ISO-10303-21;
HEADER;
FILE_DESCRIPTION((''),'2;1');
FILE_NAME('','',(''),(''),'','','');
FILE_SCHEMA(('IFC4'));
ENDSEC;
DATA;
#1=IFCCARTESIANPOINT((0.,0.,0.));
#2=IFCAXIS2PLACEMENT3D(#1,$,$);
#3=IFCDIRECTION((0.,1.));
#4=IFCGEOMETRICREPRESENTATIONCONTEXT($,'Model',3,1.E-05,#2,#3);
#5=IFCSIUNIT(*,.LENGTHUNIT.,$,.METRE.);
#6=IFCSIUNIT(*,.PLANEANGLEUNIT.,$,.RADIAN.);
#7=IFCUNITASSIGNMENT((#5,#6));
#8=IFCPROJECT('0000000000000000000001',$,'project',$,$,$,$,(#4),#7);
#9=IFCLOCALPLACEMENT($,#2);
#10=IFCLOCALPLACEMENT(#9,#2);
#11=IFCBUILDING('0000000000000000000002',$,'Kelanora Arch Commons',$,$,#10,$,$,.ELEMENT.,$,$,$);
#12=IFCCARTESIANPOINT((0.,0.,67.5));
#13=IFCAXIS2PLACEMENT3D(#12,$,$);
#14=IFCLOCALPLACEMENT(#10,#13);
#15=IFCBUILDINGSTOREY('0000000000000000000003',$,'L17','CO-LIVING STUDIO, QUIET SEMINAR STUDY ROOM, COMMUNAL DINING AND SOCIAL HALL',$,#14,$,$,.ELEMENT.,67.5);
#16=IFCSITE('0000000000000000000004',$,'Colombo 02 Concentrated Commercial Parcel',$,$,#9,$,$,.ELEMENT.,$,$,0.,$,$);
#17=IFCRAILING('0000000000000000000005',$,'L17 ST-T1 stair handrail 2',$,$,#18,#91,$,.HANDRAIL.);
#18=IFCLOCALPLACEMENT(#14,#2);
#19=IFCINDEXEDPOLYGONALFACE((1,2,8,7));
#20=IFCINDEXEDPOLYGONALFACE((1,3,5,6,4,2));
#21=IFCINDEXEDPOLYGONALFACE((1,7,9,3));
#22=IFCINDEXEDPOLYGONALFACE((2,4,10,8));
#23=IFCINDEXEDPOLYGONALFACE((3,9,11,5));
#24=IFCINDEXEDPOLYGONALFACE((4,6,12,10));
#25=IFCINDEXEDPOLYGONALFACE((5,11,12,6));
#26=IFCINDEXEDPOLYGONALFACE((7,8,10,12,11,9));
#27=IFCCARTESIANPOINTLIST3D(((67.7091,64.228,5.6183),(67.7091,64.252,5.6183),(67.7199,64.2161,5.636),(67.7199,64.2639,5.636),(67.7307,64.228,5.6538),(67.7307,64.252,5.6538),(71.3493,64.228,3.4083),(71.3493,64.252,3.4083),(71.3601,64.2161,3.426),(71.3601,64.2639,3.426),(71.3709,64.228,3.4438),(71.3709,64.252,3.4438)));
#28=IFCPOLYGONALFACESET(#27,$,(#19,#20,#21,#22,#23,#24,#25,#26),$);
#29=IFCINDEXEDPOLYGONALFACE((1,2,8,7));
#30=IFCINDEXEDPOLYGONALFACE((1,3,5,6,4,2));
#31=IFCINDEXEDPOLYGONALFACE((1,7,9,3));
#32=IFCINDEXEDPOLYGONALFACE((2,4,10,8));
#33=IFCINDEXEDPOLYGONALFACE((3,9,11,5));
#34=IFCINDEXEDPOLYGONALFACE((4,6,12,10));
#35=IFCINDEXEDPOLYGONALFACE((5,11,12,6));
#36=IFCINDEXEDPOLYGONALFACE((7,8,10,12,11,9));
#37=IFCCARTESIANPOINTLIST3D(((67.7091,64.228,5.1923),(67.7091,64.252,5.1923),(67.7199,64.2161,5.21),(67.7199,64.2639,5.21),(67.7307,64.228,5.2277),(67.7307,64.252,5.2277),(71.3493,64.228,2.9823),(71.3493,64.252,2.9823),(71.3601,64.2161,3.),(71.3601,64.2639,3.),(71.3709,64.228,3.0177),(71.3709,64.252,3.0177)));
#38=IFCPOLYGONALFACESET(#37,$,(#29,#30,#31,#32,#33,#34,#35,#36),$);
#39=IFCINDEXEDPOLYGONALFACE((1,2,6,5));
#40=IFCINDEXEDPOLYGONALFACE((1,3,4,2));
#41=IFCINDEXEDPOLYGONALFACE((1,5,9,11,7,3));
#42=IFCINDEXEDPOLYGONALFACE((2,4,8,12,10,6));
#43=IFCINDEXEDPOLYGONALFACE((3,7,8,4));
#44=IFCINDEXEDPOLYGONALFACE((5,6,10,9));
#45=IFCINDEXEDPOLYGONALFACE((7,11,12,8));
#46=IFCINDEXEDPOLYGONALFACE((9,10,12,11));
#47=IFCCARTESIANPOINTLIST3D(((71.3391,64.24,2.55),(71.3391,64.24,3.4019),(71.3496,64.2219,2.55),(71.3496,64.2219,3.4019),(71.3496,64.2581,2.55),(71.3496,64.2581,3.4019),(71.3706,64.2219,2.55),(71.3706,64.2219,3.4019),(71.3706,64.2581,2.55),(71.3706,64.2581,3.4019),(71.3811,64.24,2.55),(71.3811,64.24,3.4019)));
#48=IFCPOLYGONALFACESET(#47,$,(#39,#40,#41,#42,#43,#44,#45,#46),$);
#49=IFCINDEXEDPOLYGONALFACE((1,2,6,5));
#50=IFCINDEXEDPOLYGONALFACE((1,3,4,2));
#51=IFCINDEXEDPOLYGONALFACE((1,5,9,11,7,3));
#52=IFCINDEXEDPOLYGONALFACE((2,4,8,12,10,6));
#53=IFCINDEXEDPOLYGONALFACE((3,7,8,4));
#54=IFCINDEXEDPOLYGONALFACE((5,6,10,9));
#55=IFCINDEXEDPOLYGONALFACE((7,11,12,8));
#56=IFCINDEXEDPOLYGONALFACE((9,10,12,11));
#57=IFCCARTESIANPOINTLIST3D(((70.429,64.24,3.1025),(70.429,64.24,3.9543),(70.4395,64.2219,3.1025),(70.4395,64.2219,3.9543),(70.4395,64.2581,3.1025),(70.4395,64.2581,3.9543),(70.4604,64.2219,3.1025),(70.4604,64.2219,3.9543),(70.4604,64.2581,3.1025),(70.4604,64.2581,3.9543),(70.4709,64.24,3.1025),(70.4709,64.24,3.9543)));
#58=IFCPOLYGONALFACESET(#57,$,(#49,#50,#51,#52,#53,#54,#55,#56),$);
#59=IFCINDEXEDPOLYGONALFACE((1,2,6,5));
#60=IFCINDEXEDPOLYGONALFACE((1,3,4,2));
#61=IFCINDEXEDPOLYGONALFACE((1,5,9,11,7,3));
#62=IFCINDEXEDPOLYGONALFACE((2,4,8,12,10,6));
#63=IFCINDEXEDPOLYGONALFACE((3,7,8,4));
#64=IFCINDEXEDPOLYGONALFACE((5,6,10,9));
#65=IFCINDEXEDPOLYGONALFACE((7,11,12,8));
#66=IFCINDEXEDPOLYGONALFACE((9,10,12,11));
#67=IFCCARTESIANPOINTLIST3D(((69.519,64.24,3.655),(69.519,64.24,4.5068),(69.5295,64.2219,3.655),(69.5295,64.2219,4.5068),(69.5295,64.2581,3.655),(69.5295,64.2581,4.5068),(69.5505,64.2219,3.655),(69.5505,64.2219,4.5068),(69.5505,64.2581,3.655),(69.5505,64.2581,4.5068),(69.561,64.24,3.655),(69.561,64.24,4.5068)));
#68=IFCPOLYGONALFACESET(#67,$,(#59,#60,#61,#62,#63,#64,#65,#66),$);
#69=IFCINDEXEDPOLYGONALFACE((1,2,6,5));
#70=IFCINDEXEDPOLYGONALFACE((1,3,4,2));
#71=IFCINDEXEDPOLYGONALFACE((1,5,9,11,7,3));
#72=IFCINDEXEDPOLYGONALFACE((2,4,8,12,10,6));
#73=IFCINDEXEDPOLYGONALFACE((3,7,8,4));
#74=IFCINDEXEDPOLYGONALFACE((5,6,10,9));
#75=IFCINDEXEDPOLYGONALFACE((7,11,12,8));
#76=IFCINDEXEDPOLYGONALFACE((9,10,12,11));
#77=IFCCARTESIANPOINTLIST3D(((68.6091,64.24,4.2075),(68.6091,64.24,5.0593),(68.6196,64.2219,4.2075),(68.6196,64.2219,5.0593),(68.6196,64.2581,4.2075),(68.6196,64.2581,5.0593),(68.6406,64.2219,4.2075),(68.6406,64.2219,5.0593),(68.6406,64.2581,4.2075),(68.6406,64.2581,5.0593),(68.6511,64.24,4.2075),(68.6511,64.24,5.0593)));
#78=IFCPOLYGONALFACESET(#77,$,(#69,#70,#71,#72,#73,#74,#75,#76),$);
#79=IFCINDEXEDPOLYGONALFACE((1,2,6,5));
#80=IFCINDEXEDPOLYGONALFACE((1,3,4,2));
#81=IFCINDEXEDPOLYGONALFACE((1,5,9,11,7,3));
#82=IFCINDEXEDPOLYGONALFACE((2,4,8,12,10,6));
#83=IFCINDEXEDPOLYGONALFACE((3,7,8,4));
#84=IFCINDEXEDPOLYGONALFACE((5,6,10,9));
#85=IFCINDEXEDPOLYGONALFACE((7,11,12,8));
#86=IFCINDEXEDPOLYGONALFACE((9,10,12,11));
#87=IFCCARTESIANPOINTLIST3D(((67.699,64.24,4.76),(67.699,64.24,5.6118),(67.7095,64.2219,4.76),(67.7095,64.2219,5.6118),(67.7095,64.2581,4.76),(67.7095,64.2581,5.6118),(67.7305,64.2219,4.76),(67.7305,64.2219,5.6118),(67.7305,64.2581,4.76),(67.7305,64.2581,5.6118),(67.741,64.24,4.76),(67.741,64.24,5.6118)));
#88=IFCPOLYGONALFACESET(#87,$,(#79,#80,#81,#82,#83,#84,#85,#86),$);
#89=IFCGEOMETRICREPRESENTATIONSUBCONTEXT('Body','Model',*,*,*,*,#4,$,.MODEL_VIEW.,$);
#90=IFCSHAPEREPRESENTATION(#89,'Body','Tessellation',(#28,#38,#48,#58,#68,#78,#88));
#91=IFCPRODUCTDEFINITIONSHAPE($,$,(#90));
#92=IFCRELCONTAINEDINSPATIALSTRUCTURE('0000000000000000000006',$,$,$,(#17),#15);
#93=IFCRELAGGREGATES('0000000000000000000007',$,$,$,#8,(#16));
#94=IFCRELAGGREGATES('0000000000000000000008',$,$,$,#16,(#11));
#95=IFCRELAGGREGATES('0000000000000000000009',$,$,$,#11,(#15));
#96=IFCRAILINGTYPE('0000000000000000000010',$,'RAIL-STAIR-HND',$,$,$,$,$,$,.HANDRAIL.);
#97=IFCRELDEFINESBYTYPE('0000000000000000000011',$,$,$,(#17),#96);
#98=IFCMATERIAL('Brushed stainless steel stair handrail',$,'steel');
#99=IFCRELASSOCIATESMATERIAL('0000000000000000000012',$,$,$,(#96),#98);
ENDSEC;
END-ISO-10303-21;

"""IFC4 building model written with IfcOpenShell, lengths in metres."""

from ifc_helpers import new_model, si_unit, direction, frame, origin, place, context, subcontext, project, spatial, polyline, outline, extrude, material, type_object, element, save


model = new_model("IFC4")

# Units and contexts
model_context = context("Model", 3, precision=1e-05, world=origin(), true_north=direction((0.0, 1.0)))
body_context = subcontext(model_context, "Body", "Model", "MODEL_VIEW")
ifc_project = project(units=[si_unit("LENGTHUNIT", "METRE"), si_unit("PLANEANGLEUNIT", "RADIAN")], contexts=[model_context])

# Site, building, storey
site_placement = place(None, origin())
site = spatial("IfcSite", under=ifc_project, at=site_placement, Name="Colombo 02 Concentrated Commercial Parcel", CompositionType="ELEMENT", RefElevation=0.0)
building_placement = place(site_placement, origin())
building = spatial("IfcBuilding", under=site, at=building_placement, Name="Kelanora Arch Commons", CompositionType="ELEMENT")
storey_placement = place(building_placement, frame((0.0, 0.0, 67.5)))
storey = spatial("IfcBuildingStorey", under=building, at=storey_placement, Name="L17", Description="CO-LIVING STUDIO, QUIET SEMINAR STUDY ROOM, COMMUNAL DINING AND SOCIAL HALL", CompositionType="ELEMENT", Elevation=67.5)

# Railing
ifc_material_1 = material(Name="Brushed stainless steel stair handrail", Category="steel")
railing_type_1 = type_object("IfcRailingType", Name="RAIL-STAIR-HND", PredefinedType="HANDRAIL", material=ifc_material_1)
railing_1_placement = place(storey_placement, frame((71.3601, 64.24, 2.55)))
element("IfcRailing", 1, at=railing_1_placement, inside=storey, type_object=railing_type_1, Name="L17 ST-T1 stair handrail 2", PredefinedType="HANDRAIL", context=body_context, shape_type="SweptSolid", body=[
    extrude(outline(polyline([(0.0239, 0.0), (0.012, 0.0208), (-0.012, 0.0208), (-0.0239, 0.0), (-0.012, -0.0208), (0.012, -0.0208), (0.0239, 0.0)])), frame((0.0, 0.0, 0.876), z_axis=(-0.8548, 0.0, 0.518957), x_axis=(0.0, -1.0, 0.0)), (0.0, 0.0, 1.0), 4.2585),
    extrude(outline(polyline([(0.0239, 0.0), (0.012, 0.0208), (-0.012, 0.0208), (-0.0239, 0.0), (-0.012, -0.0208), (0.012, -0.0208), (0.0239, 0.0)])), frame((0.0, 0.0, 0.45), z_axis=(-0.8548, 0.0, 0.518957), x_axis=(0.0, -1.0, 0.0)), (0.0, 0.0, 1.0), 4.2585),
    extrude(outline(polyline([(0.021, 0.0), (0.0105, 0.0181), (-0.0105, 0.0181), (-0.021, 0.0), (-0.0105, -0.0181), (0.0105, -0.0181), (0.021, 0.0)])), origin(), (0.0, 0.0, 1.0), 0.8518),
    extrude(outline(polyline([(0.021, 0.0), (0.0105, 0.0181), (-0.0105, 0.0181), (-0.021, 0.0), (-0.0105, -0.0181), (0.0105, -0.0181), (0.021, 0.0)])), frame((-0.9102, 0.0, 0.5525)), (0.0, 0.0, 1.0), 0.8518),
    extrude(outline(polyline([(0.021, 0.0), (0.0105, 0.0181), (-0.0105, 0.0181), (-0.021, 0.0), (-0.0105, -0.0181), (0.0105, -0.0181), (0.021, 0.0)])), frame((-1.8201, 0.0, 1.105)), (0.0, 0.0, 1.0), 0.8518),
    extrude(outline(polyline([(0.021, 0.0), (0.0105, 0.0181), (-0.0105, 0.0181), (-0.021, 0.0), (-0.0105, -0.0181), (0.0105, -0.0181), (0.021, 0.0)])), frame((-2.73, 0.0, 1.6575)), (0.0, 0.0, 1.0), 0.8518),
    extrude(outline(polyline([(0.021, 0.0), (0.0105, 0.0181), (-0.0105, 0.0181), (-0.021, 0.0), (-0.0105, -0.0181), (0.0105, -0.0181), (0.021, 0.0)])), frame((-3.6401, 0.0, 2.21)), (0.0, 0.0, 1.0), 0.8518),
])

save(model, "model.ifc")
